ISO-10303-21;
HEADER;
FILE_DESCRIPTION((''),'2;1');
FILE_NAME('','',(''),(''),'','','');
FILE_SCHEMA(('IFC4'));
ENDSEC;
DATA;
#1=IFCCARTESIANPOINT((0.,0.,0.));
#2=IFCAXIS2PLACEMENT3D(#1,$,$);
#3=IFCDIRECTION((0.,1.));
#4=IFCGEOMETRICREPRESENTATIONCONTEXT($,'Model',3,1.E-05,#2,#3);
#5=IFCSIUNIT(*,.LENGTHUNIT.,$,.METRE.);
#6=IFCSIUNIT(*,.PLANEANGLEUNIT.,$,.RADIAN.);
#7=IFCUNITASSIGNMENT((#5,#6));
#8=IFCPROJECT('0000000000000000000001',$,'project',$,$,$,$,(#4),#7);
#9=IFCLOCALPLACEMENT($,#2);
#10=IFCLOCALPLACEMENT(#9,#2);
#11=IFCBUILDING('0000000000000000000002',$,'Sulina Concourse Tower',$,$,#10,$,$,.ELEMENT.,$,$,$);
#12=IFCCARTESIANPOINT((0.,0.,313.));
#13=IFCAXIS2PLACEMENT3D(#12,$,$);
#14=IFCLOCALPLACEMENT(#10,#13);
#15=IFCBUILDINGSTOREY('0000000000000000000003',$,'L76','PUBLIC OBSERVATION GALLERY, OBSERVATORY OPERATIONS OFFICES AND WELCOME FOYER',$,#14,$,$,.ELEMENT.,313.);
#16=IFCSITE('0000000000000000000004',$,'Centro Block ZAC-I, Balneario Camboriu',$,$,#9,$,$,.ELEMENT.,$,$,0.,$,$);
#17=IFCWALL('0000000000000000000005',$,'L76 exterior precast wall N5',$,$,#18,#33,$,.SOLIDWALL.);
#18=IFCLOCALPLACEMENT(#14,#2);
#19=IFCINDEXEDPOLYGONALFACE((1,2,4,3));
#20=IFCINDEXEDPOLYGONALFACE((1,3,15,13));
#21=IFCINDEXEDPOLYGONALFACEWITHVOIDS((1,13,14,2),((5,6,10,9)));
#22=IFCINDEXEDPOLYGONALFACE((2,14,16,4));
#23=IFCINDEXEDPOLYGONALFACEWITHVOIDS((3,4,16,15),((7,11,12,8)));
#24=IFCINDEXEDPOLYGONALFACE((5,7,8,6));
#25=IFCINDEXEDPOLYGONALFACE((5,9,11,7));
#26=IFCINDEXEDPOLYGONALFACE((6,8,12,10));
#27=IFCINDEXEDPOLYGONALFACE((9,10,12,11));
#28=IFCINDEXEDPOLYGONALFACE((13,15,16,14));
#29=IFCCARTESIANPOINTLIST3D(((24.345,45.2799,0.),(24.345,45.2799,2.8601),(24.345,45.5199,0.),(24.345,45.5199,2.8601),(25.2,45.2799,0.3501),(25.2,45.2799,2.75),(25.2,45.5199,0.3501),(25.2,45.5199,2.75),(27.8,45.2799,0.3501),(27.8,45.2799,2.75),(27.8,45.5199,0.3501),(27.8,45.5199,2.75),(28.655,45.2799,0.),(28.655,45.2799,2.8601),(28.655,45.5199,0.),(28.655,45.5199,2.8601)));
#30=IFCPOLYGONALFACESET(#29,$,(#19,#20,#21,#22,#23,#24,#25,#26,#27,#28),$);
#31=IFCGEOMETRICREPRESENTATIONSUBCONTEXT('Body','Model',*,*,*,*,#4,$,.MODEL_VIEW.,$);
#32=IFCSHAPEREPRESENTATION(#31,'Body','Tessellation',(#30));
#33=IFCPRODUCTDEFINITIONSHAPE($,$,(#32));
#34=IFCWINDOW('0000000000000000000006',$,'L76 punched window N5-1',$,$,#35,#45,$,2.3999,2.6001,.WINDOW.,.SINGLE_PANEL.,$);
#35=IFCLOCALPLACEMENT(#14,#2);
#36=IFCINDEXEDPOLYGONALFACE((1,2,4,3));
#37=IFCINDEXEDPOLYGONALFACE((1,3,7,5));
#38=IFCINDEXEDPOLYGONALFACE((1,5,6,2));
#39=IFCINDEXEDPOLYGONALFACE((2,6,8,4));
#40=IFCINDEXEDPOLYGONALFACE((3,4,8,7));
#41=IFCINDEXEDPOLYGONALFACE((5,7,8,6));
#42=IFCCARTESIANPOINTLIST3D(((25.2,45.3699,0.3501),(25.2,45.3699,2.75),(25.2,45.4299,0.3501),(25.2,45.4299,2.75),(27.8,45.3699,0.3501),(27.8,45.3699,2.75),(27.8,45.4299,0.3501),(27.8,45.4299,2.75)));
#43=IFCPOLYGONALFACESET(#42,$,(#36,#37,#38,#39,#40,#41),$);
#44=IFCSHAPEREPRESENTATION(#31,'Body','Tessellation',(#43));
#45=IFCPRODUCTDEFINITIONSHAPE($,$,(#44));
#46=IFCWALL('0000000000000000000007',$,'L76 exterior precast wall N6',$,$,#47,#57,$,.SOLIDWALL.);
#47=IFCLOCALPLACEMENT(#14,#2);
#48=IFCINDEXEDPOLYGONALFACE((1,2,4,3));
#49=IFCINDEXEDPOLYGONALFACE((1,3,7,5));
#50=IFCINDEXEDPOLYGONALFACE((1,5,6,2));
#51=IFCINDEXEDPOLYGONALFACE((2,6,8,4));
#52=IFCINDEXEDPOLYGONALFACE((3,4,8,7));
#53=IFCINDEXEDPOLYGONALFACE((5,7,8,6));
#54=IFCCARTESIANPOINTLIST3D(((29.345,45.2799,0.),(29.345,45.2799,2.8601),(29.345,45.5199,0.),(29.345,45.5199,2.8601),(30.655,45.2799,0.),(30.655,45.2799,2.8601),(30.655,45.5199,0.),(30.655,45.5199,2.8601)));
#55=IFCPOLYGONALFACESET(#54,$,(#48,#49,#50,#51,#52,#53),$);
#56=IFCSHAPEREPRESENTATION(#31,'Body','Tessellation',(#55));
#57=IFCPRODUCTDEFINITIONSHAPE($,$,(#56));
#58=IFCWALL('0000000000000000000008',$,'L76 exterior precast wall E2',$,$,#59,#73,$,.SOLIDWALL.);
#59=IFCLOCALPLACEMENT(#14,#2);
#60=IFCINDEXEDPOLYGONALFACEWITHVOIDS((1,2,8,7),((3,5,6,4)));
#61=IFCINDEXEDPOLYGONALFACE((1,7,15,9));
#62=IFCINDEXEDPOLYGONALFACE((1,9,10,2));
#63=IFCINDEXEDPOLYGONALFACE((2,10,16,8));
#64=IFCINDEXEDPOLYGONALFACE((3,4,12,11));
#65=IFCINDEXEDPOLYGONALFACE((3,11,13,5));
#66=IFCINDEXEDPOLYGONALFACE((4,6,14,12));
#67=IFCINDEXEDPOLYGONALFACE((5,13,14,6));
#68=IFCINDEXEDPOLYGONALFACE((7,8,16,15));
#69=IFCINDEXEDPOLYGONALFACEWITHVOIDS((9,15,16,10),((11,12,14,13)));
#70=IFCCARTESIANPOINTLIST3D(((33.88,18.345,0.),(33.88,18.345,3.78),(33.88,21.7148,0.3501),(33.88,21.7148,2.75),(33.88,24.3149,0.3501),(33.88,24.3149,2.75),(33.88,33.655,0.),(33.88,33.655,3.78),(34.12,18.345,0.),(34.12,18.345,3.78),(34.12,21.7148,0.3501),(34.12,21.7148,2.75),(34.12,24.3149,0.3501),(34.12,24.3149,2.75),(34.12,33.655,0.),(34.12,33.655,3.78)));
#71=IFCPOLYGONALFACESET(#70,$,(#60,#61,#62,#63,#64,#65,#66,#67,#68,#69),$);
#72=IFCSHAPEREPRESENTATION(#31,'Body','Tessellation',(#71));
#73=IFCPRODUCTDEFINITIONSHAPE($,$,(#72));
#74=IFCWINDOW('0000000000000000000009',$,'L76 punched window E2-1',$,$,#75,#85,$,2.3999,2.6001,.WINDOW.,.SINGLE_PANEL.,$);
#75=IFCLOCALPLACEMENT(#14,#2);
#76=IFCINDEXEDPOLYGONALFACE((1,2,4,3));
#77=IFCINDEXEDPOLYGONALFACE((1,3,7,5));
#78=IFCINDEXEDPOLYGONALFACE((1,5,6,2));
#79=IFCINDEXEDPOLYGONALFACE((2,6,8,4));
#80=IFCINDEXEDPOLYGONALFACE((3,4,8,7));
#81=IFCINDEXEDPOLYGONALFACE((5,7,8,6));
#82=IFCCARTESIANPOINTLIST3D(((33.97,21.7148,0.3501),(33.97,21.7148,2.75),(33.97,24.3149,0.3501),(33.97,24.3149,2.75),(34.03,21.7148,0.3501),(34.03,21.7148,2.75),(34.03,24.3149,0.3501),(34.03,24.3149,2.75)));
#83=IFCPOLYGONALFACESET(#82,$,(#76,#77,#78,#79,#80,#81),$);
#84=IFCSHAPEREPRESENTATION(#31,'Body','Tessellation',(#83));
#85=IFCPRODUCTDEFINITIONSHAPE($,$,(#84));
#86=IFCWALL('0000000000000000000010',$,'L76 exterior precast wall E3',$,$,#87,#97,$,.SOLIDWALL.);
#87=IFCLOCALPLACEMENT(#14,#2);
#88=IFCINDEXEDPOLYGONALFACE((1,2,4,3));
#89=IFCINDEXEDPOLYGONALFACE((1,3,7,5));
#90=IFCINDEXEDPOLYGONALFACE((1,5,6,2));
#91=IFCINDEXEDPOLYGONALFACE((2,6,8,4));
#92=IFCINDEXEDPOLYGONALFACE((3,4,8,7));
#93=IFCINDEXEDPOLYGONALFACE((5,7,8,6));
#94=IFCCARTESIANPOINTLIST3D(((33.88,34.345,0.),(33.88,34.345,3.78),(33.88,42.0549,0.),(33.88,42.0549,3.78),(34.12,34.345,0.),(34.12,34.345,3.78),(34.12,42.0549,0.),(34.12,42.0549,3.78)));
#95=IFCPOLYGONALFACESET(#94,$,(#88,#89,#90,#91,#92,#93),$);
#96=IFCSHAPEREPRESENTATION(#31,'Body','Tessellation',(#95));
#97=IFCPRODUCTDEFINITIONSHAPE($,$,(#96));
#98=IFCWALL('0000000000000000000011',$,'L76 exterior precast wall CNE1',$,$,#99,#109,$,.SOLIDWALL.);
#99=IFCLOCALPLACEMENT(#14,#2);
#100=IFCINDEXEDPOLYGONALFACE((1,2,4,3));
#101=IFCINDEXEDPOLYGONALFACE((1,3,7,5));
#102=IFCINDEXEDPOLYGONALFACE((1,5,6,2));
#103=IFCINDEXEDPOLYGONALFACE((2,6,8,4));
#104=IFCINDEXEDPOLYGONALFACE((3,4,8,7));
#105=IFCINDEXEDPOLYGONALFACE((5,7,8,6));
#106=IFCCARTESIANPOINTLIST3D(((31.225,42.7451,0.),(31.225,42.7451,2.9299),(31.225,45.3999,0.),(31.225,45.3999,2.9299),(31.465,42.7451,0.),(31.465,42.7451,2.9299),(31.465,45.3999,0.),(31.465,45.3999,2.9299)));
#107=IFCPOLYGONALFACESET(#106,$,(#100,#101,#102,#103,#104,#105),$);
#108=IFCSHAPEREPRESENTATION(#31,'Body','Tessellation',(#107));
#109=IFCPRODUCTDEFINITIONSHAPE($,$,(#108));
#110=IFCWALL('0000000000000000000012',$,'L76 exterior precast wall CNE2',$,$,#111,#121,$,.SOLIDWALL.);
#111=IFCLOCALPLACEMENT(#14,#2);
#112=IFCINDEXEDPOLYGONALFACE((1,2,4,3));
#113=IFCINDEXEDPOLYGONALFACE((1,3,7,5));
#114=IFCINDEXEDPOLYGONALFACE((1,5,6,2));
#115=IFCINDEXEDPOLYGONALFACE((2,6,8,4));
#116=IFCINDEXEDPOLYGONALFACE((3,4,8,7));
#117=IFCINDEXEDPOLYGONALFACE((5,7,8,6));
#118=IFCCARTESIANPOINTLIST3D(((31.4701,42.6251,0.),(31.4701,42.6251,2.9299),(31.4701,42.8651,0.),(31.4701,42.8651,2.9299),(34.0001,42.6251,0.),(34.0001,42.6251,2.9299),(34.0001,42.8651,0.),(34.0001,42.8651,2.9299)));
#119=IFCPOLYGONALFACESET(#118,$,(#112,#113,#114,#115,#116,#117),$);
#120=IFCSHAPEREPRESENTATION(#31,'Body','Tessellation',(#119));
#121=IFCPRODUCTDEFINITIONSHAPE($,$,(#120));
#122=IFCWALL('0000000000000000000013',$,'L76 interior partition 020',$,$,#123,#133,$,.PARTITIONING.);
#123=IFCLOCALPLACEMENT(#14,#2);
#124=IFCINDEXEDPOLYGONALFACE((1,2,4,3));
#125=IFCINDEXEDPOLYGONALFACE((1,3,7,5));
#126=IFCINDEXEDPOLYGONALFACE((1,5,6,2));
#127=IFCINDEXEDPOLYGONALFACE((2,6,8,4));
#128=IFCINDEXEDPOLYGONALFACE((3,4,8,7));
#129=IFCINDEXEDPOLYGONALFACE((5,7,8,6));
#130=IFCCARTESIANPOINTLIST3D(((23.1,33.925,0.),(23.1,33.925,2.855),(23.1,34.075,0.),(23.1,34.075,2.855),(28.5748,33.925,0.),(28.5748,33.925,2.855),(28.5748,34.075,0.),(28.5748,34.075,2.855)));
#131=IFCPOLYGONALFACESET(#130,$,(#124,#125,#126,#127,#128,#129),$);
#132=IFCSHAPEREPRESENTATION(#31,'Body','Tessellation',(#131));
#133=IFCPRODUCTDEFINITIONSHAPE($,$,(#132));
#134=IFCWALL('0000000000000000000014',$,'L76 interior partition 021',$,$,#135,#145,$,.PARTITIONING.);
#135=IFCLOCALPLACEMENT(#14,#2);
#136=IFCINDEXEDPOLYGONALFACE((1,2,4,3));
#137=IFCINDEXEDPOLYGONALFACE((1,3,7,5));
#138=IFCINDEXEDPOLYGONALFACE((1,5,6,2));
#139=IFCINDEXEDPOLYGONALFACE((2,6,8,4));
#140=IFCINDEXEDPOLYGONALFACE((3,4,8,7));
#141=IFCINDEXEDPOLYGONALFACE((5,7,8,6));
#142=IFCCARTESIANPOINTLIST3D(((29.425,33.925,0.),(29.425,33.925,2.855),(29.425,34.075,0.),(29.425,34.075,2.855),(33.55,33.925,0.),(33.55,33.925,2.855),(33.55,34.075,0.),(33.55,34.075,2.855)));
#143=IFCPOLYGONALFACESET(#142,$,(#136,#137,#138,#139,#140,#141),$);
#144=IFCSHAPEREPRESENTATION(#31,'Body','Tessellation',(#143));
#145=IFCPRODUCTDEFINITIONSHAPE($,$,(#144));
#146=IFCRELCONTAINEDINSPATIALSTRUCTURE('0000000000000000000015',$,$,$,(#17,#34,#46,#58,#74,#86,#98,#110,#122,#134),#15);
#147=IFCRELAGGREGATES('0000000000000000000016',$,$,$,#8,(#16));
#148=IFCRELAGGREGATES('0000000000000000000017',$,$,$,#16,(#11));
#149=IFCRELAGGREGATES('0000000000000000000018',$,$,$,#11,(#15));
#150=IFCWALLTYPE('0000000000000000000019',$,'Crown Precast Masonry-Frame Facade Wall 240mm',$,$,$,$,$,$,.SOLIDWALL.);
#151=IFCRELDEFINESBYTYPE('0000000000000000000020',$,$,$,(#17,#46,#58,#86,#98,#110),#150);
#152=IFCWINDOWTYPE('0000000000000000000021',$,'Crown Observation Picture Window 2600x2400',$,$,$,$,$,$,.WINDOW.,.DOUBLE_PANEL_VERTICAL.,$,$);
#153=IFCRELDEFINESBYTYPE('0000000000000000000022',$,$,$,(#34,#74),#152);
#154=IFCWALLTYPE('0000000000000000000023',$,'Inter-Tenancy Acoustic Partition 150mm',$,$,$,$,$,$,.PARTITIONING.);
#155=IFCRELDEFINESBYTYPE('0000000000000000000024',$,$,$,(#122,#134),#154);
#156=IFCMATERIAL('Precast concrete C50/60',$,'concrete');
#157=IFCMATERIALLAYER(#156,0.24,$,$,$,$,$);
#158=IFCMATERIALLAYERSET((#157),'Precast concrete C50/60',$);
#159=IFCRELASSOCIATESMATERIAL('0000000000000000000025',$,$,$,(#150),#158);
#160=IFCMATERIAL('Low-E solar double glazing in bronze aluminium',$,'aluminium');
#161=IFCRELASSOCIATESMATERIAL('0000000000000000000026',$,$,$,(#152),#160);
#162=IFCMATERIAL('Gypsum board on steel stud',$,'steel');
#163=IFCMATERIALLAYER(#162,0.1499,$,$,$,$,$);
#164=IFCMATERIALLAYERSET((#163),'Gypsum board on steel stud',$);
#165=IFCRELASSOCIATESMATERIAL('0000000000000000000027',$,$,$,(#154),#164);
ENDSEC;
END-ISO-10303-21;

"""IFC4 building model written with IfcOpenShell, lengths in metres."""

from ifc_helpers import new_model, si_unit, direction, frame, frame_2d, origin, place, context, subcontext, project, spatial, rectangle, extrude, material, layer, layer_set, type_object, element, fill, save


model = new_model("IFC4")

# Units and contexts
model_context = context("Model", 3, precision=1e-05, world=origin(), true_north=direction((0.0, 1.0)))
body_context = subcontext(model_context, "Body", "Model", "MODEL_VIEW")
ifc_project = project(units=[si_unit("LENGTHUNIT", "METRE"), si_unit("PLANEANGLEUNIT", "RADIAN")], contexts=[model_context])

# Site, building, storey
site_placement = place(None, origin())
site = spatial("IfcSite", under=ifc_project, at=site_placement, Name="Centro Block ZAC-I, Balneario Camboriu", CompositionType="ELEMENT", RefElevation=0.0)
building_placement = place(site_placement, origin())
building = spatial("IfcBuilding", under=site, at=building_placement, Name="Sulina Concourse Tower", CompositionType="ELEMENT")
storey_placement = place(building_placement, frame((0.0, 0.0, 313.0)))
storey = spatial("IfcBuildingStorey", under=building, at=storey_placement, Name="L76", Description="PUBLIC OBSERVATION GALLERY, OBSERVATORY OPERATIONS OFFICES AND WELCOME FOYER", CompositionType="ELEMENT", Elevation=313.0)

# Wall, opening, window
ifc_material_1 = material(Name="Precast concrete C50/60", Category="concrete")
ifc_layer_1 = layer(ifc_material_1, 0.24)
ifc_layer_set_1 = layer_set([ifc_layer_1], Name="Precast concrete C50/60")
wall_type_1 = type_object("IfcWallType", Name="Crown Precast Masonry-Frame Facade Wall 240mm", PredefinedType="SOLIDWALL", material=ifc_layer_set_1)
wall_1_placement = place(storey_placement, frame((24.345, 45.3999, 0.0), z_axis=(0.0, 0.0, 1.0), x_axis=(1.0, 0.0, 0.0)))
wall_1 = element("IfcWall", 1, at=wall_1_placement, inside=storey, type_object=wall_type_1, Name="L76 exterior precast wall N5", PredefinedType="SOLIDWALL", context=body_context, shape_type="SweptSolid", body=[
    extrude(rectangle(XDim=4.3101, YDim=0.24, at=frame_2d((2.155, 0.0))), origin(), (0.0, 0.0, 1.0), 2.8601),
])
opening_1_placement = place(wall_1_placement, frame((0.855, 0.0, 0.3501)))
opening_1 = element("IfcOpeningElement", 2, at=opening_1_placement, cuts=wall_1, PredefinedType="OPENING", context=body_context, shape_type="SweptSolid", body=[
    extrude(rectangle(XDim=2.6001, YDim=2.3999, at=frame_2d((1.3, 1.2))), frame((0.0, 0.1299, 0.0), z_axis=(0.0, -1.0, 0.0), x_axis=(1.0, 0.0, 0.0)), (0.0, 0.0, 1.0), 0.26),
])
ifc_material_2 = material(Name="Low-E solar double glazing in bronze aluminium", Category="aluminium")
window_type = type_object("IfcWindowType", Name="Crown Observation Picture Window 2600x2400", PartitioningType="DOUBLE_PANEL_VERTICAL", PredefinedType="WINDOW", material=ifc_material_2)
window_1_placement = place(opening_1_placement, origin())
window_1 = element("IfcWindow", 3, at=window_1_placement, inside=storey, type_object=window_type, Name="L76 punched window N5-1", OverallHeight=2.3999, OverallWidth=2.6001, PartitioningType="SINGLE_PANEL", PredefinedType="WINDOW", context=body_context, shape_type="SweptSolid", body=[
    extrude(rectangle(XDim=2.6001, YDim=2.3999, at=frame_2d((1.3, 1.2))), frame((0.0, 0.03, 0.0), z_axis=(0.0, -1.0, 0.0), x_axis=(1.0, 0.0, 0.0)), (0.0, 0.0, 1.0), 0.0601),
])
fill(opening_1, window_1)

# Wall
wall_2_placement = place(storey_placement, frame((29.345, 45.3999, 0.0), z_axis=(0.0, 0.0, 1.0), x_axis=(1.0, 0.0, 0.0)))
element("IfcWall", 4, at=wall_2_placement, inside=storey, type_object=wall_type_1, Name="L76 exterior precast wall N6", PredefinedType="SOLIDWALL", context=body_context, shape_type="SweptSolid", body=[
    extrude(rectangle(XDim=1.3101, YDim=0.24, at=frame_2d((0.655, 0.0))), origin(), (0.0, 0.0, 1.0), 2.8601),
])

# Wall, opening, window
wall_3_placement = place(storey_placement, frame((34.0, 33.655, 0.0), z_axis=(0.0, 0.0, 1.0), x_axis=(0.0, -1.0, 0.0)))
wall_3 = element("IfcWall", 5, at=wall_3_placement, inside=storey, type_object=wall_type_1, Name="L76 exterior precast wall E2", PredefinedType="SOLIDWALL", context=body_context, shape_type="SweptSolid", body=[
    extrude(rectangle(XDim=15.3101, YDim=0.24, at=frame_2d((7.655, 0.0))), origin(), (0.0, 0.0, 1.0), 3.78),
])
opening_2_placement = place(wall_3_placement, frame((9.3401, 0.0, 0.3501)))
opening_2 = element("IfcOpeningElement", 6, at=opening_2_placement, cuts=wall_3, PredefinedType="OPENING", context=body_context, shape_type="SweptSolid", body=[
    extrude(rectangle(XDim=2.6001, YDim=2.3999, at=frame_2d((1.3, 1.2))), frame((0.0, 0.1299, 0.0), z_axis=(0.0, -1.0, 0.0), x_axis=(1.0, 0.0, 0.0)), (0.0, 0.0, 1.0), 0.26),
])
window_2_placement = place(opening_2_placement, origin())
window_2 = element("IfcWindow", 7, at=window_2_placement, inside=storey, type_object=window_type, Name="L76 punched window E2-1", OverallHeight=2.3999, OverallWidth=2.6001, PartitioningType="SINGLE_PANEL", PredefinedType="WINDOW", context=body_context, shape_type="SweptSolid", body=[
    extrude(rectangle(XDim=2.6001, YDim=2.3999, at=frame_2d((1.3, 1.2))), frame((0.0, 0.03, 0.0), z_axis=(0.0, -1.0, 0.0), x_axis=(1.0, 0.0, 0.0)), (0.0, 0.0, 1.0), 0.0601),
])
fill(opening_2, window_2)

# Walls
wall_4_placement = place(storey_placement, frame((34.0, 42.0549, 0.0), z_axis=(0.0, 0.0, 1.0), x_axis=(0.0, -1.0, 0.0)))
element("IfcWall", 8, at=wall_4_placement, inside=storey, type_object=wall_type_1, Name="L76 exterior precast wall E3", PredefinedType="SOLIDWALL", context=body_context, shape_type="SweptSolid", body=[
    extrude(rectangle(XDim=7.71, YDim=0.24, at=frame_2d((3.855, 0.0))), origin(), (0.0, 0.0, 1.0), 3.78),
])
wall_5_placement = place(storey_placement, frame((31.345, 45.3999, 0.0), z_axis=(0.0, 0.0, 1.0), x_axis=(0.0, -1.0, 0.0)))
element("IfcWall", 9, at=wall_5_placement, inside=storey, type_object=wall_type_1, Name="L76 exterior precast wall CNE1", PredefinedType="SOLIDWALL", context=body_context, shape_type="SweptSolid", body=[
    extrude(rectangle(XDim=2.6548, YDim=0.24, at=frame_2d((1.3274, 0.0))), origin(), (0.0, 0.0, 1.0), 2.9299),
])
wall_6_placement = place(storey_placement, frame((31.47, 42.7451, 0.0), z_axis=(0.0, 0.0, 1.0), x_axis=(1.0, 0.0, 0.0)))
element("IfcWall", 10, at=wall_6_placement, inside=storey, type_object=wall_type_1, Name="L76 exterior precast wall CNE2", PredefinedType="SOLIDWALL", context=body_context, shape_type="SweptSolid", body=[
    extrude(rectangle(XDim=2.53, YDim=0.24, at=frame_2d((1.2651, 0.0))), origin(), (0.0, 0.0, 1.0), 2.9299),
])
ifc_material_3 = material(Name="Gypsum board on steel stud", Category="steel")
ifc_layer_2 = layer(ifc_material_3, 0.1499)
ifc_layer_set_2 = layer_set([ifc_layer_2], Name="Gypsum board on steel stud")
wall_type_2 = type_object("IfcWallType", Name="Inter-Tenancy Acoustic Partition 150mm", PredefinedType="PARTITIONING", material=ifc_layer_set_2)
wall_7_placement = place(storey_placement, frame((23.1001, 34.0, 0.0), z_axis=(0.0, 0.0, 1.0), x_axis=(1.0, 0.0, 0.0)))
element("IfcWall", 11, at=wall_7_placement, inside=storey, type_object=wall_type_2, Name="L76 interior partition 020", PredefinedType="PARTITIONING", context=body_context, shape_type="SweptSolid", body=[
    extrude(rectangle(XDim=5.4749, YDim=0.1499, at=frame_2d((2.7373, 0.0))), origin(), (0.0, 0.0, 1.0), 2.855),
])
wall_8_placement = place(storey_placement, frame((29.425, 34.0, 0.0), z_axis=(0.0, 0.0, 1.0), x_axis=(1.0, 0.0, 0.0)))
element("IfcWall", 12, at=wall_8_placement, inside=storey, type_object=wall_type_2, Name="L76 interior partition 021", PredefinedType="PARTITIONING", context=body_context, shape_type="SweptSolid", body=[
    extrude(rectangle(XDim=4.125, YDim=0.1499, at=frame_2d((2.0625, 0.0))), origin(), (0.0, 0.0, 1.0), 2.855),
])

save(model, "model.ifc")
